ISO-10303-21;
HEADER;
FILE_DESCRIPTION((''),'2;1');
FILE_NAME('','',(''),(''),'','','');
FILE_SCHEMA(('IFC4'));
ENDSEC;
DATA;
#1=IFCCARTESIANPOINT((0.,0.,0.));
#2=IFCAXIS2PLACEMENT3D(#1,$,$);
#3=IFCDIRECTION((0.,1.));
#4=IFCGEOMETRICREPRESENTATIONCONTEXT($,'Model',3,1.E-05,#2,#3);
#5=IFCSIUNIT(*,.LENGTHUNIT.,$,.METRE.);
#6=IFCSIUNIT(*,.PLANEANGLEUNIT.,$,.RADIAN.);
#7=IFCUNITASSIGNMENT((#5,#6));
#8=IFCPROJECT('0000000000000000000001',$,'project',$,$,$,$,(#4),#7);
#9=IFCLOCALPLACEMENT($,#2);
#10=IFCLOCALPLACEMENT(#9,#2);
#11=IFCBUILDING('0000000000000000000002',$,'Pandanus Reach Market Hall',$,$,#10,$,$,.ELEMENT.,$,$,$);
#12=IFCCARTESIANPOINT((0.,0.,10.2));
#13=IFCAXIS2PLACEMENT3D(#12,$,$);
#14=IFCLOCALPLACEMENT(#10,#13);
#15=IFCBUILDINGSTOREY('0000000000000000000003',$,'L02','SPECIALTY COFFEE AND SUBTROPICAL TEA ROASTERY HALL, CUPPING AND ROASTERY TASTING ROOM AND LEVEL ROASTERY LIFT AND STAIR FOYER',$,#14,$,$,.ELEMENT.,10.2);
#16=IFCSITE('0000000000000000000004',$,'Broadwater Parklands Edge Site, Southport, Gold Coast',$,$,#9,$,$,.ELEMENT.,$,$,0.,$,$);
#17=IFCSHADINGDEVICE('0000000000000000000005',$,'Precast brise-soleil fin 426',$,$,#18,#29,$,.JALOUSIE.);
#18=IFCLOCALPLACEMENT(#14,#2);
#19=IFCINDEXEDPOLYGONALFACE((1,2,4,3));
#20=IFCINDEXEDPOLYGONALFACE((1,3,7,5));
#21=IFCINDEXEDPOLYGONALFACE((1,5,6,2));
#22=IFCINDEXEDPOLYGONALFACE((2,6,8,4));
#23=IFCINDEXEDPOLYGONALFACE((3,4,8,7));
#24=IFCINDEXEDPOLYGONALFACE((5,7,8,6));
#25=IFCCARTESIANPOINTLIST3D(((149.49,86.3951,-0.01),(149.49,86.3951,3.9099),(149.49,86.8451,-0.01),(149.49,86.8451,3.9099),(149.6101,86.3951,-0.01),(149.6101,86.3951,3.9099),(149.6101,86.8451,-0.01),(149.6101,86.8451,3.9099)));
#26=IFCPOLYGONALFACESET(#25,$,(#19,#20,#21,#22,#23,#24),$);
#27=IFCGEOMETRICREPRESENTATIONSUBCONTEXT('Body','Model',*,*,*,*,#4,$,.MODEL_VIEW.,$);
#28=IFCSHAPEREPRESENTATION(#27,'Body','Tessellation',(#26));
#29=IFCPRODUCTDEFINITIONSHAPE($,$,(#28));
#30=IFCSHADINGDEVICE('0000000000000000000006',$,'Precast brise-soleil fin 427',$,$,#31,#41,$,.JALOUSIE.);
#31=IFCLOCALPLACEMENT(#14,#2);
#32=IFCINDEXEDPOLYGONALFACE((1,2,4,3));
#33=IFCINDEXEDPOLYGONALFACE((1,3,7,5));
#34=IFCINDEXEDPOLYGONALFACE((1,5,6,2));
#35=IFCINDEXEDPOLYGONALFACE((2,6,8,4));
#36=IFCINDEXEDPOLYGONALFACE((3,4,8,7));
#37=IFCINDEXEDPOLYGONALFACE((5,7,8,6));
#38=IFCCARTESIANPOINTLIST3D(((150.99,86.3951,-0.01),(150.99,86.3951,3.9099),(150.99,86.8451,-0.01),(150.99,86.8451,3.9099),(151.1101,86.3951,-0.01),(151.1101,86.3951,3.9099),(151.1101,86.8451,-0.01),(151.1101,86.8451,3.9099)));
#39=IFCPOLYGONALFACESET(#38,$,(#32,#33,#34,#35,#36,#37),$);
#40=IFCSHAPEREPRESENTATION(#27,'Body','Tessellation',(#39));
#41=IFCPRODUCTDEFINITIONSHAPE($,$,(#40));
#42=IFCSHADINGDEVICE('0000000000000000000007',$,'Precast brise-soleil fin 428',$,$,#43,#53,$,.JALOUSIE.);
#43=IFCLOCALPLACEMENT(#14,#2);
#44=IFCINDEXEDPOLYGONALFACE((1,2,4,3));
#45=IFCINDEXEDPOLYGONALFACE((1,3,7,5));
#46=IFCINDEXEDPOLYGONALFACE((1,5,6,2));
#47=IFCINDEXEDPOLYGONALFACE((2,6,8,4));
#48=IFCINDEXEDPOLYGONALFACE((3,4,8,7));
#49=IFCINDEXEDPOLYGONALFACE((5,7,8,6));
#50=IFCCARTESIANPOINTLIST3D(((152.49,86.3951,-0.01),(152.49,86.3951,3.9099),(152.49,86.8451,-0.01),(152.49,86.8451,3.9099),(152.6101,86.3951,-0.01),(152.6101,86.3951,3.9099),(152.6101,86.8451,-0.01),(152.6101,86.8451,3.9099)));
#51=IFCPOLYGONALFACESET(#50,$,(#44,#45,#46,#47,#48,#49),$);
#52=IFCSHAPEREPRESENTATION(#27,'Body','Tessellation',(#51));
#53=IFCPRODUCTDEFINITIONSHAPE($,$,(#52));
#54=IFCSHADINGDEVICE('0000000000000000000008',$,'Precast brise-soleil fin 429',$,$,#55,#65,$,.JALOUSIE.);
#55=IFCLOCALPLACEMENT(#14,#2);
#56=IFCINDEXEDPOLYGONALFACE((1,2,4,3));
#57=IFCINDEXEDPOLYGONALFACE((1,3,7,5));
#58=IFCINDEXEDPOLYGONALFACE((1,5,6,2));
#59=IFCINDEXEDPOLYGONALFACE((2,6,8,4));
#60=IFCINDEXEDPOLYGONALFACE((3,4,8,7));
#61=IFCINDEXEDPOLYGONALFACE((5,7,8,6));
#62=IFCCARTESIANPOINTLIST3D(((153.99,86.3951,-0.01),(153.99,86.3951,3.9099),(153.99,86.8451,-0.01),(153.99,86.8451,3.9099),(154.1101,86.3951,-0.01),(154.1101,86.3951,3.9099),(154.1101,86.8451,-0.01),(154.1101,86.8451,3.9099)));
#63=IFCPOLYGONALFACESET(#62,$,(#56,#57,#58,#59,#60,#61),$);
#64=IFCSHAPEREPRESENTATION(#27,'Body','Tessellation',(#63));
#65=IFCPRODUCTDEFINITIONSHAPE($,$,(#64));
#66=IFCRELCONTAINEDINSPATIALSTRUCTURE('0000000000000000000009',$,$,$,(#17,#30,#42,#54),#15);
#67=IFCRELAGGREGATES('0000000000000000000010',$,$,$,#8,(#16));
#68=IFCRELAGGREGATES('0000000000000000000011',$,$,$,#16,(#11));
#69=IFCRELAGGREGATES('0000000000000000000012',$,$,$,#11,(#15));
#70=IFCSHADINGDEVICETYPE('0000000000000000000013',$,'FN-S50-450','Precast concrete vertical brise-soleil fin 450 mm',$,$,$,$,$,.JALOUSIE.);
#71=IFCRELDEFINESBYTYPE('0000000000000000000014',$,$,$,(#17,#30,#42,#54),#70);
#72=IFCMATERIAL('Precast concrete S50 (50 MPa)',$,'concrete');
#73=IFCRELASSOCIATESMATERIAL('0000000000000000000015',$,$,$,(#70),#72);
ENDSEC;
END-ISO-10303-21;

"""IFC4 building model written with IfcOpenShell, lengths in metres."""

from ifc_helpers import new_model, si_unit, direction, frame, origin, origin_2d, place, context, subcontext, project, spatial, rectangle, extrude, material, type_object, element, save


model = new_model("IFC4")

# Units and contexts
model_context = context("Model", 3, precision=1e-05, world=origin(), true_north=direction((0.0, 1.0)))
body_context = subcontext(model_context, "Body", "Model", "MODEL_VIEW")
ifc_project = project(units=[si_unit("LENGTHUNIT", "METRE"), si_unit("PLANEANGLEUNIT", "RADIAN")], contexts=[model_context])

# Site, building, storey
site_placement = place(None, origin())
site = spatial("IfcSite", under=ifc_project, at=site_placement, Name="Broadwater Parklands Edge Site, Southport, Gold Coast", CompositionType="ELEMENT", RefElevation=0.0)
building_placement = place(site_placement, origin())
building = spatial("IfcBuilding", under=site, at=building_placement, Name="Pandanus Reach Market Hall", CompositionType="ELEMENT")
storey_placement = place(building_placement, frame((0.0, 0.0, 10.2)))
storey = spatial("IfcBuildingStorey", under=building, at=storey_placement, Name="L02", Description="SPECIALTY COFFEE AND SUBTROPICAL TEA ROASTERY HALL, CUPPING AND ROASTERY TASTING ROOM AND LEVEL ROASTERY LIFT AND STAIR FOYER", CompositionType="ELEMENT", Elevation=10.2)

# Shading devices
ifc_material_1 = material(Name="Precast concrete S50 (50 MPa)", Category="concrete")
shading_device_type = type_object("IfcShadingDeviceType", Name="FN-S50-450", Description="Precast concrete vertical brise-soleil fin 450 mm", PredefinedType="JALOUSIE", material=ifc_material_1)
for number, where, z_axis, x_axis, name in (
    (1, (149.55, 86.6201, -0.01), (0.0, 0.0, 1.0), (0.0, 1.0, 0.0), "Precast brise-soleil fin 426"),
    (2, (151.05, 86.6201, -0.01), (0.0, 0.0, 1.0), (0.0, 1.0, 0.0), "Precast brise-soleil fin 427"),
    (3, (152.55, 86.6201, -0.01), (0.0, 0.0, 1.0), (0.0, 1.0, 0.0), "Precast brise-soleil fin 428"),
    (4, (154.05, 86.6201, -0.01), (0.0, 0.0, 1.0), (0.0, 1.0, 0.0), "Precast brise-soleil fin 429"),
):
    element("IfcShadingDevice", number, at=place(storey_placement, frame(where, z_axis=z_axis, x_axis=x_axis)), inside=storey, type_object=shading_device_type, Name=name, PredefinedType="JALOUSIE", context=body_context, shape_type="SweptSolid", body=[
        extrude(rectangle(XDim=0.45, YDim=0.1201, at=origin_2d()), origin(), (0.0, 0.0, 1.0), 3.9199),
    ])

save(model, "model.ifc")
